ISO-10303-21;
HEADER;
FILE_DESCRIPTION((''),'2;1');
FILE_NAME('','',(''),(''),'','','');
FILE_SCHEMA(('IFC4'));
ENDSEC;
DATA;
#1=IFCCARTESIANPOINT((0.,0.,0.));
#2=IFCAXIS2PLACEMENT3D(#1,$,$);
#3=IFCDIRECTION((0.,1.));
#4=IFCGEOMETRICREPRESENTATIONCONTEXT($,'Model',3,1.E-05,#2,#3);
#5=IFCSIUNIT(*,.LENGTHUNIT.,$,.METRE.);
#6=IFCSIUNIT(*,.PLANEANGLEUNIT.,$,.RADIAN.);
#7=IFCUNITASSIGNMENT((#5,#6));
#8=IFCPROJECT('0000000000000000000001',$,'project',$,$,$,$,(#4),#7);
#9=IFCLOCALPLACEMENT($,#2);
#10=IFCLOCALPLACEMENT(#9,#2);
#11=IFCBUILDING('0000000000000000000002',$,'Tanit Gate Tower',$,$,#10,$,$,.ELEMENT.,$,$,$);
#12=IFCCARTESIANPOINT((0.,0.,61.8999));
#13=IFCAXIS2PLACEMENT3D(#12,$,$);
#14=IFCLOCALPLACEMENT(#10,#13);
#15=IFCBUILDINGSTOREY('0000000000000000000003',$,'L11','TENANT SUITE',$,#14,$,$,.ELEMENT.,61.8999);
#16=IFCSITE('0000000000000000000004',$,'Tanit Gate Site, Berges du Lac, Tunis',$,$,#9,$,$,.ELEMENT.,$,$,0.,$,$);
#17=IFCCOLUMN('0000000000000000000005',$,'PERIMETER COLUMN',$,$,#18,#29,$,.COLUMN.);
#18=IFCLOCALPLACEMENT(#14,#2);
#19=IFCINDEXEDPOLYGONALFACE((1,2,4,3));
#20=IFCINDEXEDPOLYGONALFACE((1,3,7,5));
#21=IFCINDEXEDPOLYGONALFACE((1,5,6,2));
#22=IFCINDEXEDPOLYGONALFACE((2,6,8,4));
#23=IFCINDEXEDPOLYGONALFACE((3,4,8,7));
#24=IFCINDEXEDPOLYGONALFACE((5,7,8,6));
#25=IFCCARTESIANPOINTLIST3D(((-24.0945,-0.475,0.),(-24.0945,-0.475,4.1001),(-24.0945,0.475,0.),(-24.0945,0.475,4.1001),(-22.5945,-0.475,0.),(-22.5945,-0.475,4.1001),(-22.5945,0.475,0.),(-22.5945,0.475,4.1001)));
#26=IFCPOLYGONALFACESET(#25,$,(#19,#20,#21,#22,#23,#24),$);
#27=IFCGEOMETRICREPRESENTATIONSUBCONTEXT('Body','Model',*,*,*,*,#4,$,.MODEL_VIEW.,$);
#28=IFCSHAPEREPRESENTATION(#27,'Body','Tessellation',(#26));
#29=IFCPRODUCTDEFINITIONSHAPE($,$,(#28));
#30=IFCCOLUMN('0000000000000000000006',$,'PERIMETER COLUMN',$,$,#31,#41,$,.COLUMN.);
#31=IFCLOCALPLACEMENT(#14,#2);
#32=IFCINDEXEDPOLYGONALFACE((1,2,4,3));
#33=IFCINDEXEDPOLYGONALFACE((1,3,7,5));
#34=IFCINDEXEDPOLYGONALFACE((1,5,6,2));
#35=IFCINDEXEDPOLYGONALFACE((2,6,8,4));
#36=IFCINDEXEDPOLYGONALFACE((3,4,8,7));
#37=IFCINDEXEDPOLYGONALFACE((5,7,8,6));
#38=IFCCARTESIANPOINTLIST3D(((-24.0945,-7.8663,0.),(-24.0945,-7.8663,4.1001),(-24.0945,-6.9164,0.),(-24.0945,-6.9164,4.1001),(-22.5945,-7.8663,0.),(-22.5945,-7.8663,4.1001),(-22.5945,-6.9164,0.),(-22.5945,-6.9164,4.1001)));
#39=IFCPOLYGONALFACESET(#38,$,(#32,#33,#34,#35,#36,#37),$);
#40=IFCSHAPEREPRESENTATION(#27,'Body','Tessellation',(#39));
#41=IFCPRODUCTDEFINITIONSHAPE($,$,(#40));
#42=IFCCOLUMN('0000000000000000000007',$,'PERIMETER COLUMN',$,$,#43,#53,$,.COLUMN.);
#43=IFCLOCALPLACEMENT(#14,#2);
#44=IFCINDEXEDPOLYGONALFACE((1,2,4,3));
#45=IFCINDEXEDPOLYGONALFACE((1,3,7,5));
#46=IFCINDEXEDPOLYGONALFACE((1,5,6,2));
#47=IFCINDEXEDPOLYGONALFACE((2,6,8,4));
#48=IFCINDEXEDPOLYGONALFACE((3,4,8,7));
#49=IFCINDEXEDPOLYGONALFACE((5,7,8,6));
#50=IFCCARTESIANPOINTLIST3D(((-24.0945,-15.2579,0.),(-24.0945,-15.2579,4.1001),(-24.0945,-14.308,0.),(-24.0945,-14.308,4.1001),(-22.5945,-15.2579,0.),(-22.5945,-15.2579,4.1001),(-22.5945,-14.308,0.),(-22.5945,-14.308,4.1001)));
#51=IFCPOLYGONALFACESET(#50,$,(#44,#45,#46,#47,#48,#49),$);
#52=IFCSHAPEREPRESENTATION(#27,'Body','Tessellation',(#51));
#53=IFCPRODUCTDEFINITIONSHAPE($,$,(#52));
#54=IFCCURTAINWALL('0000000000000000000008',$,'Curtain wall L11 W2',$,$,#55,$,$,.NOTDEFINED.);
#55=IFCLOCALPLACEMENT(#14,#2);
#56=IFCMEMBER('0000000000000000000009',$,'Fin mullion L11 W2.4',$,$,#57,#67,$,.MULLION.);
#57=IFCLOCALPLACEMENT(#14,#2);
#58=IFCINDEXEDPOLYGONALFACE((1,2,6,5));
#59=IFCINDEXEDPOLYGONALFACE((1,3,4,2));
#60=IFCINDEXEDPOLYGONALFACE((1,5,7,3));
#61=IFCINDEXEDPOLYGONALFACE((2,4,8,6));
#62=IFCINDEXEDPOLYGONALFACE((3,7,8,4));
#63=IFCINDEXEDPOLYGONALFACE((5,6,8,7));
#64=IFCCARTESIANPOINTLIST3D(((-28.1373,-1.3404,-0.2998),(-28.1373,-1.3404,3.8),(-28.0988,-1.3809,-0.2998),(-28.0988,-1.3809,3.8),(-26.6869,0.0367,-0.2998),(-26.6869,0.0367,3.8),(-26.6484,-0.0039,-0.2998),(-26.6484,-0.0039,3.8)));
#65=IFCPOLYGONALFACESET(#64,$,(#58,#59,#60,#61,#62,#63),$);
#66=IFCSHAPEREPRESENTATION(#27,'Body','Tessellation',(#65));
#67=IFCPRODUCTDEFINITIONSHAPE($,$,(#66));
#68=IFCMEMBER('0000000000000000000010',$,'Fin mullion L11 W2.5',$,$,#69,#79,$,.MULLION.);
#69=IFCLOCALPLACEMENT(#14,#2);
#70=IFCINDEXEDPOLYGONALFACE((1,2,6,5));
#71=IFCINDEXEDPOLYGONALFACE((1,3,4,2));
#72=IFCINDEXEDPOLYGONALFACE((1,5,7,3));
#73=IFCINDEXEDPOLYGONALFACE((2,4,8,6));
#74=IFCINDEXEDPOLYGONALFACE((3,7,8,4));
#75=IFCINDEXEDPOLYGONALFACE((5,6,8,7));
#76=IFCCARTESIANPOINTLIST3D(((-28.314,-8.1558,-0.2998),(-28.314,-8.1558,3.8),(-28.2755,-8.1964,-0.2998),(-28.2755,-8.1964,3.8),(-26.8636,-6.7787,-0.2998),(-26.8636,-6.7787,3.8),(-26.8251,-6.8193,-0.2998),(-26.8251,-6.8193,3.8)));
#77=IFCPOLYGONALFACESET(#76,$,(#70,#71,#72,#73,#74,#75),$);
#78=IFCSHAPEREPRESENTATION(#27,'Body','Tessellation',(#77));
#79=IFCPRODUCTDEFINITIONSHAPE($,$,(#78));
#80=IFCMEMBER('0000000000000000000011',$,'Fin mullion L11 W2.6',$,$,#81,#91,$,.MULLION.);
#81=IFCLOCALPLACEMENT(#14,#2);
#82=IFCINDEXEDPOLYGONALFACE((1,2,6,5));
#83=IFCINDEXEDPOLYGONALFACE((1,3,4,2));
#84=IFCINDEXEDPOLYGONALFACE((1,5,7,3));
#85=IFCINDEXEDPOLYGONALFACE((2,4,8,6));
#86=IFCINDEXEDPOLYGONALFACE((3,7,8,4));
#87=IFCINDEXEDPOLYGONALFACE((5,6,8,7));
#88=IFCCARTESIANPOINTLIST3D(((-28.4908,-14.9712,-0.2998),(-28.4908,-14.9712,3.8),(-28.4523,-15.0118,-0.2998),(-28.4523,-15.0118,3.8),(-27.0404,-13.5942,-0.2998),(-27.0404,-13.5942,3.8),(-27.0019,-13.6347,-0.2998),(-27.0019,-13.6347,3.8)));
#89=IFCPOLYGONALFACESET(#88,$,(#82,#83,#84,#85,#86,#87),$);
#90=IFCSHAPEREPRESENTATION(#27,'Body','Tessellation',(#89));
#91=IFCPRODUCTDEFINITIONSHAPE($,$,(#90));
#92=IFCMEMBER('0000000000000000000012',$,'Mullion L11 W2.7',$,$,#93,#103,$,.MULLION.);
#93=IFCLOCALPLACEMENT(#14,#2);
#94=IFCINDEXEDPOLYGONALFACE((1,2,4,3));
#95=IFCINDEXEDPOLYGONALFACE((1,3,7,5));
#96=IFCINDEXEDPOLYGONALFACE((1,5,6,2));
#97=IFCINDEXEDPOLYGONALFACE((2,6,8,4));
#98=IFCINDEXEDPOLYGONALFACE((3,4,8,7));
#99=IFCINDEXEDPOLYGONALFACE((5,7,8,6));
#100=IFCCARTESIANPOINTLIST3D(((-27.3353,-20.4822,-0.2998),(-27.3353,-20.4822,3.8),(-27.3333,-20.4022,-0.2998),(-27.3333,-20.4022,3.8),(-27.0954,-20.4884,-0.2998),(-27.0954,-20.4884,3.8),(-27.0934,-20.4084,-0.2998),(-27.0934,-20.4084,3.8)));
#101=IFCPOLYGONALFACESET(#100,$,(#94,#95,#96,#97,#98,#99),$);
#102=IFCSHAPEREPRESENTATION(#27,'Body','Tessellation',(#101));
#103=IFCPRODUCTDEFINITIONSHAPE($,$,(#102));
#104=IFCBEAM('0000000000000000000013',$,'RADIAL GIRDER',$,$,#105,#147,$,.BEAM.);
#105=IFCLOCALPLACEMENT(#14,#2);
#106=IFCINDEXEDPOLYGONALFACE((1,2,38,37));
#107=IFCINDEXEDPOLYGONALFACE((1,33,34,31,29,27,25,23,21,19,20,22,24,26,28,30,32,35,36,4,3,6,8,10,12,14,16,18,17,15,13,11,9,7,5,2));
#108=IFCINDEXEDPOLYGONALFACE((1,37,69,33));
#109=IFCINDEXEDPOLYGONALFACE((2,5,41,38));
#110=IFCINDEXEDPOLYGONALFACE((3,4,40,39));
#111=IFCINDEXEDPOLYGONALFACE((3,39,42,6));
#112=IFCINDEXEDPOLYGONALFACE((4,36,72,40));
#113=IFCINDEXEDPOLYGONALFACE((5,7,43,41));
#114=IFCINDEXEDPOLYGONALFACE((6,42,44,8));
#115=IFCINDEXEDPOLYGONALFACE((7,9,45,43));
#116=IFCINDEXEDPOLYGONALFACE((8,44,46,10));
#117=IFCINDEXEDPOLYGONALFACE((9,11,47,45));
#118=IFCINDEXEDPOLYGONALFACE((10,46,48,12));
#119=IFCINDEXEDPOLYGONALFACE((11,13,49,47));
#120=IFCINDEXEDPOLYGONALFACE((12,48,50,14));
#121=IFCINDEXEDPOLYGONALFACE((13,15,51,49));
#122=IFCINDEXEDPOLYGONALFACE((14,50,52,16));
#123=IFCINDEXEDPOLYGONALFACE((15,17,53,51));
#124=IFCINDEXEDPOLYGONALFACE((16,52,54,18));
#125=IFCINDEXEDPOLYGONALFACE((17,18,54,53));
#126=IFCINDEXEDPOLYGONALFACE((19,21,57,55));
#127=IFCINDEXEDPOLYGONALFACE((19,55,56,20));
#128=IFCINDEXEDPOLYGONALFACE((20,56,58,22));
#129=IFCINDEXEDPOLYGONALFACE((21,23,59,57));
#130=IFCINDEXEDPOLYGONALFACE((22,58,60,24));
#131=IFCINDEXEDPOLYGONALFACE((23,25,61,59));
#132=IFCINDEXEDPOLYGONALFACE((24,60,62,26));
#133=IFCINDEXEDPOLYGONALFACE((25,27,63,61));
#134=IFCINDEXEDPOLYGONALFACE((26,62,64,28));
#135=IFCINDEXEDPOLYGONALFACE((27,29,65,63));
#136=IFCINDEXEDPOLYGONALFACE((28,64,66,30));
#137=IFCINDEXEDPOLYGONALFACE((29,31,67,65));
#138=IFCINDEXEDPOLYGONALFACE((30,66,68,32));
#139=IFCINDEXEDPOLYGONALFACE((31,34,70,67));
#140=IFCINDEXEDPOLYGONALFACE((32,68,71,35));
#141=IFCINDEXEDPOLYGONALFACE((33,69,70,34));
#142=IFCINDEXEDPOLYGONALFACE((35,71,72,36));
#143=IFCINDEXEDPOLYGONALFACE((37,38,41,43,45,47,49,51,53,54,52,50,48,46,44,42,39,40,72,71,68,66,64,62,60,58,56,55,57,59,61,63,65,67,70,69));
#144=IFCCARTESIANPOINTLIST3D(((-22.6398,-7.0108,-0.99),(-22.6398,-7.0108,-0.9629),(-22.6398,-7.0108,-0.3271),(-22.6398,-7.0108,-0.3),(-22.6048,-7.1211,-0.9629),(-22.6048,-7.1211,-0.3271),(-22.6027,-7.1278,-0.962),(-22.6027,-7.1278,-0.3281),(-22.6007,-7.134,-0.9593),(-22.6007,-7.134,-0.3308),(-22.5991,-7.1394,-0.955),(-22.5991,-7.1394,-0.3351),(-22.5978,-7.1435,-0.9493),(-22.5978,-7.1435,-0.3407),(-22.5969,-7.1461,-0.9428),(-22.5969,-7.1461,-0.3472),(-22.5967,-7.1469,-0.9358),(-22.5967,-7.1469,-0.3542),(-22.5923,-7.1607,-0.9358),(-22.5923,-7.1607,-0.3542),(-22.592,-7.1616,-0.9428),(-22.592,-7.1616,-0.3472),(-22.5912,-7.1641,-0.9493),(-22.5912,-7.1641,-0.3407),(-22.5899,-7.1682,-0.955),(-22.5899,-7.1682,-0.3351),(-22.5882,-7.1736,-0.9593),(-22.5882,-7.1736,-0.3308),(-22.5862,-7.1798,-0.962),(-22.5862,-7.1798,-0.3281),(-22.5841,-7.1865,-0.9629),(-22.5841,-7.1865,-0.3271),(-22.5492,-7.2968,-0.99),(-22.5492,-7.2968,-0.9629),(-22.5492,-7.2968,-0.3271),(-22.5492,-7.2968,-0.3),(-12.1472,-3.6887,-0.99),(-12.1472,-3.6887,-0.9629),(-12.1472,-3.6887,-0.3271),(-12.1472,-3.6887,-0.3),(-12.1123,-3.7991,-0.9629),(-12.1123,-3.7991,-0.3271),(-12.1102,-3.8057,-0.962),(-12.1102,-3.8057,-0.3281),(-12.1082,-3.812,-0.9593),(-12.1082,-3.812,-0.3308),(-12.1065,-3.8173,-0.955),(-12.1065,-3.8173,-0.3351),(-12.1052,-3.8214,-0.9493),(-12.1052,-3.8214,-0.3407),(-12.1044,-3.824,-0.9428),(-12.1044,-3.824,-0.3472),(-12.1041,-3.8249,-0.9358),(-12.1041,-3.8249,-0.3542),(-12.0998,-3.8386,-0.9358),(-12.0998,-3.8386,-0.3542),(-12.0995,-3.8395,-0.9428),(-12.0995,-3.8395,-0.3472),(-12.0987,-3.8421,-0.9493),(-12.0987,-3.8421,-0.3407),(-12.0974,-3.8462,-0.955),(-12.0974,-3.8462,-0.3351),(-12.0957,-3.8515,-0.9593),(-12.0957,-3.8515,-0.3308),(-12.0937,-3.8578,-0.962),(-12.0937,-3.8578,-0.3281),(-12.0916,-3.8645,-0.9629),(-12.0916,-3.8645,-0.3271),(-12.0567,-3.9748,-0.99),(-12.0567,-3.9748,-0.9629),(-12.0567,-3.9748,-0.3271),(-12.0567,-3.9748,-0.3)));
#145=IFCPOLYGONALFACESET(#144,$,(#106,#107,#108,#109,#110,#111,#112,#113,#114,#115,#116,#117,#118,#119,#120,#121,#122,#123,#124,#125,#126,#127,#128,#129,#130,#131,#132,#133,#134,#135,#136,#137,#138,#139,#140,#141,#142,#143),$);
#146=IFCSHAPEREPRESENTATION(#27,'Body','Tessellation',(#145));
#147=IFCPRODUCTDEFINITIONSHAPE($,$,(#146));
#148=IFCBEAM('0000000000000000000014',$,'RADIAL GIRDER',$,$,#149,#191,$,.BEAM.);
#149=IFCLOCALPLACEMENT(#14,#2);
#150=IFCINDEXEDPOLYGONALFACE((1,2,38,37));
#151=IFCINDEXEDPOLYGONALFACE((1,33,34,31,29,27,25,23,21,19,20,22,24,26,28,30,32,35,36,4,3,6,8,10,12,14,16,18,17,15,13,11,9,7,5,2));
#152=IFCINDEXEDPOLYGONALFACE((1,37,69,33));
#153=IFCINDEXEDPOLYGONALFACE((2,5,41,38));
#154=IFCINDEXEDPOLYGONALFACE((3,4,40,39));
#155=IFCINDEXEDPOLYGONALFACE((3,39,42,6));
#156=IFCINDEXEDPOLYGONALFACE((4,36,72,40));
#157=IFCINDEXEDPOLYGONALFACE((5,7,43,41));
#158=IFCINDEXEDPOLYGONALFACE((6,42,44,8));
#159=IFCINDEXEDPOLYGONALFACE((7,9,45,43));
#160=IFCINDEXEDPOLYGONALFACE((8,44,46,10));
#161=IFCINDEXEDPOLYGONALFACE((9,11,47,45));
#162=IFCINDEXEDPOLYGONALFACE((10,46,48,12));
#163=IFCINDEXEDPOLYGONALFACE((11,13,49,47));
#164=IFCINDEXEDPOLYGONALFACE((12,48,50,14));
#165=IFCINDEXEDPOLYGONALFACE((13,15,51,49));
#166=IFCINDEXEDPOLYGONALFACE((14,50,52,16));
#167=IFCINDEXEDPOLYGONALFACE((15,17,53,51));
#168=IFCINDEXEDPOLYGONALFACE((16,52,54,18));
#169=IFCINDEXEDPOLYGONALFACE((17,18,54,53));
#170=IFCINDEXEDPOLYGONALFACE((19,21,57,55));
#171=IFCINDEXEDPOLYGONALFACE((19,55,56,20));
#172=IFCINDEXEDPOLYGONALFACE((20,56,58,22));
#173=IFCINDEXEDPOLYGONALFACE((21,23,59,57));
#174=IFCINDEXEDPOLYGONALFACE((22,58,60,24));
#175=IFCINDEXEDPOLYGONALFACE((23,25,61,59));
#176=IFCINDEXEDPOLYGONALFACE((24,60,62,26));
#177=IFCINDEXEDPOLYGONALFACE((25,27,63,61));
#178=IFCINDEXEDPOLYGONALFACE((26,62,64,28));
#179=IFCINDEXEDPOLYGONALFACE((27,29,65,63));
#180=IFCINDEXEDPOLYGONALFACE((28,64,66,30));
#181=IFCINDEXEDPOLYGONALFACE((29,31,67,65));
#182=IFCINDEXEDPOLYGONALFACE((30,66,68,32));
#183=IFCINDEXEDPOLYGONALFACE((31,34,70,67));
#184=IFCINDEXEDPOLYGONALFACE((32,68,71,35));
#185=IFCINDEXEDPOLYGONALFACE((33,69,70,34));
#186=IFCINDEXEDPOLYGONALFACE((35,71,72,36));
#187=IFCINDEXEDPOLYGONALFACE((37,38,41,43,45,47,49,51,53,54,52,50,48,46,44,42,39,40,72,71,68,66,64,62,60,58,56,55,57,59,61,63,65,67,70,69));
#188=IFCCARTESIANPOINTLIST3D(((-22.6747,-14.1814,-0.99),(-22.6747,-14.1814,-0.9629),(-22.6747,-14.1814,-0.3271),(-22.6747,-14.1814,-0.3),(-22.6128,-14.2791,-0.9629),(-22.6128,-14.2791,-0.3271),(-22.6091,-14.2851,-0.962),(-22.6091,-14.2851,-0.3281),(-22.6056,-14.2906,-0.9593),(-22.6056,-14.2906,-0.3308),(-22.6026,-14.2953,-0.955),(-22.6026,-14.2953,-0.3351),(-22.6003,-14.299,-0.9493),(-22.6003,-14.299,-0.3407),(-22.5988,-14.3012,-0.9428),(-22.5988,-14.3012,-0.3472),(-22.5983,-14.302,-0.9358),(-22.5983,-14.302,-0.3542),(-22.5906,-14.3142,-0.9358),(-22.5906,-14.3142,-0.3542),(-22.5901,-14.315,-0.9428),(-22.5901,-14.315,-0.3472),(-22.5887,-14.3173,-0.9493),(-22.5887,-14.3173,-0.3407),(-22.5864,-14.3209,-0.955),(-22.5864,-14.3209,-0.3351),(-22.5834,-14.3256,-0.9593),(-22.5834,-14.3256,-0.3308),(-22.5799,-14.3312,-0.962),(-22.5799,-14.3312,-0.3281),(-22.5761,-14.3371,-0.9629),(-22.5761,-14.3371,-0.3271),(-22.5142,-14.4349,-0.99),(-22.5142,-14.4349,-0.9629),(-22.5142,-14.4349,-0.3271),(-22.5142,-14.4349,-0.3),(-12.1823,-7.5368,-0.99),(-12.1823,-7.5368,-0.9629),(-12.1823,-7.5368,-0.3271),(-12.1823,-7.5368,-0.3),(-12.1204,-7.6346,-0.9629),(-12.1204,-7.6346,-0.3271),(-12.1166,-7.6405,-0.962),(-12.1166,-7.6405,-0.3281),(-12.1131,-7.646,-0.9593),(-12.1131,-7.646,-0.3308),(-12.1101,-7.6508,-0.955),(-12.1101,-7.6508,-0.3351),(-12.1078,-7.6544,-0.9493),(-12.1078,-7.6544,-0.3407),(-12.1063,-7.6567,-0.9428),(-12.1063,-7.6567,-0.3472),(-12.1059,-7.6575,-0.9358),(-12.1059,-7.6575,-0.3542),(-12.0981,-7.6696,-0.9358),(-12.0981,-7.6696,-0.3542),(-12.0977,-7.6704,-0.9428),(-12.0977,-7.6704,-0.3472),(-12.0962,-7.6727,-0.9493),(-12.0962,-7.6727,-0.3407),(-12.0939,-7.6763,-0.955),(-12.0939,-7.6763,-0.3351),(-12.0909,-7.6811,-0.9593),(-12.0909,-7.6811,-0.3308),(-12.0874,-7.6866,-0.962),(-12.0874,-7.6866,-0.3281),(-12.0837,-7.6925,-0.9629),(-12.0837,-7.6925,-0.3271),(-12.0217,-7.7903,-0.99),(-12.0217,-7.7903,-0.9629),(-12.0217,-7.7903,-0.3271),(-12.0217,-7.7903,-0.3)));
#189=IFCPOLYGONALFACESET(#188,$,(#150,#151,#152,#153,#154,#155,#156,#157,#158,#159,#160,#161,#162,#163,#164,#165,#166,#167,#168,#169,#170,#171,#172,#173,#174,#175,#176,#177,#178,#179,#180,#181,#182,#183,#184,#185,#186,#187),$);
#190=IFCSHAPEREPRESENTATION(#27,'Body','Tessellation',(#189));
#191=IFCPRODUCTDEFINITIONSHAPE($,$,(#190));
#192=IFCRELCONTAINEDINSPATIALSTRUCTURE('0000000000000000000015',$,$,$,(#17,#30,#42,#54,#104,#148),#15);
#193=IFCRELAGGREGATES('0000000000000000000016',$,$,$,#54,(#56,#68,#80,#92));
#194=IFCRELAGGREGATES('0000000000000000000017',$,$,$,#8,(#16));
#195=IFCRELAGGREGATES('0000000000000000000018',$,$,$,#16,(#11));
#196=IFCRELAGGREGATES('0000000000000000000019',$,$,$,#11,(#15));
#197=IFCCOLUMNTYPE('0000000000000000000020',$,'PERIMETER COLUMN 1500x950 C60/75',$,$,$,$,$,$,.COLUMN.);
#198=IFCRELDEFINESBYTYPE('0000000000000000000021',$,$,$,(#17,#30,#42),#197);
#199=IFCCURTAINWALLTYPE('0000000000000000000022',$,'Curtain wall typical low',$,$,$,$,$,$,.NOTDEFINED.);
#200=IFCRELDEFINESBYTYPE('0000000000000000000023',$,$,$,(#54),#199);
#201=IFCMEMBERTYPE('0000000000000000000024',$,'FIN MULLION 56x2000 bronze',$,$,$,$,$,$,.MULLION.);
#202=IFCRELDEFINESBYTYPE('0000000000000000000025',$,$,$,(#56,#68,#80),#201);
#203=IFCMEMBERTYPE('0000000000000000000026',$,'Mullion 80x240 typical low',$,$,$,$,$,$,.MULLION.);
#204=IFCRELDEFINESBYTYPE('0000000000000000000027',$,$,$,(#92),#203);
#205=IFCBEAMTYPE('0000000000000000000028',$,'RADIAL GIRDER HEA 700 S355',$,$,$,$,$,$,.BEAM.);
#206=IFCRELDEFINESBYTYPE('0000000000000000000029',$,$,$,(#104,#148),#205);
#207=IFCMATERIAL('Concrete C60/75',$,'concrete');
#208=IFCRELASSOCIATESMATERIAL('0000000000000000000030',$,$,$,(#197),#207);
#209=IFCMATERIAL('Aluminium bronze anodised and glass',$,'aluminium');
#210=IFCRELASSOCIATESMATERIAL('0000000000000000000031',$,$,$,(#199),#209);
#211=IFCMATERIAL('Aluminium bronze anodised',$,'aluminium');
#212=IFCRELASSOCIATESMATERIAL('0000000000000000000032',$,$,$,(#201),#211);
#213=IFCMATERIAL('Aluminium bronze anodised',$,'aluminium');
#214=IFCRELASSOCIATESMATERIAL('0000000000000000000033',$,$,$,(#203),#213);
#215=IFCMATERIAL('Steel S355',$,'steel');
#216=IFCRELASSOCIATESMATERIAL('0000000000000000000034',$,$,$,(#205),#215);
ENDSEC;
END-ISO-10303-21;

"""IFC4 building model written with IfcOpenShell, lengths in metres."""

from ifc_helpers import new_model, si_unit, direction, frame, origin, origin_2d, place, context, subcontext, project, spatial, rectangle, i_section, extrude, material, material_profile, profile_set, type_object, element, aggregate, save


model = new_model("IFC4")

# Units and contexts
model_context = context("Model", 3, precision=1e-05, world=origin(), true_north=direction((0.0, 1.0)))
body_context = subcontext(model_context, "Body", "Model", "MODEL_VIEW")
ifc_project = project(units=[si_unit("LENGTHUNIT", "METRE"), si_unit("PLANEANGLEUNIT", "RADIAN")], contexts=[model_context])

# Site, building, storey
site_placement = place(None, origin())
site = spatial("IfcSite", under=ifc_project, at=site_placement, Name="Tanit Gate Site, Berges du Lac, Tunis", CompositionType="ELEMENT", RefElevation=0.0)
building_placement = place(site_placement, origin())
building = spatial("IfcBuilding", under=site, at=building_placement, Name="Tanit Gate Tower", CompositionType="ELEMENT")
storey_placement = place(building_placement, frame((0.0, 0.0, 61.8999)))
storey = spatial("IfcBuildingStorey", under=building, at=storey_placement, Name="L11", Description="TENANT SUITE", CompositionType="ELEMENT", Elevation=61.8999)

# Columns
ifc_material_1 = material(Name="Concrete C60/75", Category="concrete")
ifc_material_profile_1 = material_profile(ifc_material_1, rectangle(XDim=1.5, YDim=0.95, at=origin_2d()), Name="RC 1500x950")
ifc_profile_set_1 = profile_set([ifc_material_profile_1], Name="Concrete C60/75")
column_type = type_object("IfcColumnType", Name="PERIMETER COLUMN 1500x950 C60/75", PredefinedType="COLUMN", material=ifc_profile_set_1)
for number, where, z_axis, x_axis, name in (
    (1, (-23.3445, 0.0, 0.0), (0.0, 0.0, 1.0), (-1.0, 0.0, 0.0), "PERIMETER COLUMN"),
    (2, (-23.3445, -7.3914, 0.0), (0.0, 0.0, 1.0), (-1.0, 0.0, 0.0), "PERIMETER COLUMN"),
    (3, (-23.3445, -14.783, 0.0), (0.0, 0.0, 1.0), (-1.0, 0.0, 0.0), "PERIMETER COLUMN"),
):
    element("IfcColumn", number, at=place(storey_placement, frame(where, z_axis=z_axis, x_axis=x_axis)), inside=storey, type_object=column_type, Name=name, PredefinedType="COLUMN", context=body_context, shape_type="SweptSolid", body=[
        extrude(rectangle(XDim=1.5, YDim=0.95, at=origin_2d()), origin(), (0.0, 0.0, 1.0), 4.1001),
    ])

# Curtain wall, members
ifc_material_2 = material(Name="Aluminium bronze anodised and glass", Category="aluminium")
curtain_wall_type = type_object("IfcCurtainWallType", Name="Curtain wall typical low", PredefinedType="NOTDEFINED", material=ifc_material_2)
curtain_wall_1_placement = place(storey_placement, origin())
curtain_wall_1 = element("IfcCurtainWall", 4, at=curtain_wall_1_placement, inside=storey, type_object=curtain_wall_type, Name="Curtain wall L11 W2", PredefinedType="NOTDEFINED")
ifc_material_3 = material(Name="Aluminium bronze anodised", Category="aluminium")
ifc_material_profile_2 = material_profile(ifc_material_3, rectangle(XDim=2.0, YDim=0.0559, at=origin_2d()), Name="56x2000 bronze fin mullion")
ifc_profile_set_2 = profile_set([ifc_material_profile_2], Name="Aluminium bronze anodised")
member_type_1 = type_object("IfcMemberType", Name="FIN MULLION 56x2000 bronze", PredefinedType="MULLION", material=ifc_profile_set_2)
member_1_placement = place(storey_placement, frame((-27.3928, -0.6721, -0.2998), z_axis=(0.0, 0.0, 1.0), x_axis=(0.7252, 0.688538, 0.0)))
member_1 = element("IfcMember", 5, at=member_1_placement, type_object=member_type_1, Name="Fin mullion L11 W2.4", PredefinedType="MULLION", context=body_context, shape_type="SweptSolid", body=[
    extrude(rectangle(XDim=2.0, YDim=0.0559, at=origin_2d()), origin(), (0.0, 0.0, 1.0), 4.0999),
])
member_2_placement = place(storey_placement, frame((-27.5696, -7.4875, -0.2998), z_axis=(0.0, 0.0, 1.0), x_axis=(0.7252, 0.688538, 0.0)))
member_2 = element("IfcMember", 6, at=member_2_placement, type_object=member_type_1, Name="Fin mullion L11 W2.5", PredefinedType="MULLION", context=body_context, shape_type="SweptSolid", body=[
    extrude(rectangle(XDim=2.0, YDim=0.0559, at=origin_2d()), origin(), (0.0, 0.0, 1.0), 4.0999),
])
member_3_placement = place(storey_placement, frame((-27.7463, -14.303, -0.2998), z_axis=(0.0, 0.0, 1.0), x_axis=(0.7252, 0.688538, 0.0)))
member_3 = element("IfcMember", 7, at=member_3_placement, type_object=member_type_1, Name="Fin mullion L11 W2.6", PredefinedType="MULLION", context=body_context, shape_type="SweptSolid", body=[
    extrude(rectangle(XDim=2.0, YDim=0.0559, at=origin_2d()), origin(), (0.0, 0.0, 1.0), 4.0999),
])
ifc_material_4 = material(Name="Aluminium bronze anodised", Category="aluminium")
ifc_material_profile_3 = material_profile(ifc_material_4, rectangle(XDim=0.24, YDim=0.0801, at=origin_2d()), Name="80x240 bronze mullion")
ifc_profile_set_3 = profile_set([ifc_material_profile_3], Name="Aluminium bronze anodised")
member_type_2 = type_object("IfcMemberType", Name="Mullion 80x240 typical low", PredefinedType="MULLION", material=ifc_profile_set_3)
member_4_placement = place(storey_placement, frame((-27.2144, -20.4453, -0.2998), z_axis=(0.0, 0.0, 1.0), x_axis=(0.999664, -0.025924, 0.0)))
member_4 = element("IfcMember", 8, at=member_4_placement, type_object=member_type_2, Name="Mullion L11 W2.7", PredefinedType="MULLION", context=body_context, shape_type="SweptSolid", body=[
    extrude(rectangle(XDim=0.24, YDim=0.0801, at=origin_2d()), origin(), (0.0, 0.0, 1.0), 4.0999),
])

# Beams
ifc_material_5 = material(Name="Steel S355", Category="steel")
ifc_material_profile_4 = material_profile(ifc_material_5, i_section(OverallWidth=0.3, OverallDepth=0.6899, WebThickness=0.0144, FlangeThickness=0.0271, FilletRadius=0.0271, at=origin_2d()), Name="HEA 700")
ifc_profile_set_4 = profile_set([ifc_material_profile_4], Name="Steel S355")
beam_type = type_object("IfcBeamType", Name="RADIAL GIRDER HEA 700 S355", PredefinedType="BEAM", material=ifc_profile_set_4)
beam_1_placement = place(storey_placement, frame((-22.5945, -7.1538, -0.645), z_axis=(0.953357, 0.301844, 0.0), x_axis=(-0.301844, 0.953357, 0.0)))
element("IfcBeam", 9, at=beam_1_placement, inside=storey, type_object=beam_type, Name="RADIAL GIRDER", PredefinedType="BEAM", context=body_context, shape_type="SweptSolid", body=[
    extrude(i_section(OverallWidth=0.3, OverallDepth=0.6899, WebThickness=0.0144, FlangeThickness=0.0271, FilletRadius=0.0271, at=origin_2d()), origin(), (0.0, 0.0, 1.0), 11.0059),
])
beam_2_placement = place(storey_placement, frame((-22.5945, -14.3081, -0.645), z_axis=(0.844844, 0.535013, 0.0), x_axis=(-0.535013, 0.844844, 0.0)))
element("IfcBeam", 10, at=beam_2_placement, inside=storey, type_object=beam_type, Name="RADIAL GIRDER", PredefinedType="BEAM", context=body_context, shape_type="SweptSolid", body=[
    extrude(i_section(OverallWidth=0.3, OverallDepth=0.6899, WebThickness=0.0144, FlangeThickness=0.0271, FilletRadius=0.0271, at=origin_2d()), origin(), (0.0, 0.0, 1.0), 12.4194),
])

aggregate(curtain_wall_1, [member_1, member_2, member_3, member_4])

save(model, "model.ifc")
